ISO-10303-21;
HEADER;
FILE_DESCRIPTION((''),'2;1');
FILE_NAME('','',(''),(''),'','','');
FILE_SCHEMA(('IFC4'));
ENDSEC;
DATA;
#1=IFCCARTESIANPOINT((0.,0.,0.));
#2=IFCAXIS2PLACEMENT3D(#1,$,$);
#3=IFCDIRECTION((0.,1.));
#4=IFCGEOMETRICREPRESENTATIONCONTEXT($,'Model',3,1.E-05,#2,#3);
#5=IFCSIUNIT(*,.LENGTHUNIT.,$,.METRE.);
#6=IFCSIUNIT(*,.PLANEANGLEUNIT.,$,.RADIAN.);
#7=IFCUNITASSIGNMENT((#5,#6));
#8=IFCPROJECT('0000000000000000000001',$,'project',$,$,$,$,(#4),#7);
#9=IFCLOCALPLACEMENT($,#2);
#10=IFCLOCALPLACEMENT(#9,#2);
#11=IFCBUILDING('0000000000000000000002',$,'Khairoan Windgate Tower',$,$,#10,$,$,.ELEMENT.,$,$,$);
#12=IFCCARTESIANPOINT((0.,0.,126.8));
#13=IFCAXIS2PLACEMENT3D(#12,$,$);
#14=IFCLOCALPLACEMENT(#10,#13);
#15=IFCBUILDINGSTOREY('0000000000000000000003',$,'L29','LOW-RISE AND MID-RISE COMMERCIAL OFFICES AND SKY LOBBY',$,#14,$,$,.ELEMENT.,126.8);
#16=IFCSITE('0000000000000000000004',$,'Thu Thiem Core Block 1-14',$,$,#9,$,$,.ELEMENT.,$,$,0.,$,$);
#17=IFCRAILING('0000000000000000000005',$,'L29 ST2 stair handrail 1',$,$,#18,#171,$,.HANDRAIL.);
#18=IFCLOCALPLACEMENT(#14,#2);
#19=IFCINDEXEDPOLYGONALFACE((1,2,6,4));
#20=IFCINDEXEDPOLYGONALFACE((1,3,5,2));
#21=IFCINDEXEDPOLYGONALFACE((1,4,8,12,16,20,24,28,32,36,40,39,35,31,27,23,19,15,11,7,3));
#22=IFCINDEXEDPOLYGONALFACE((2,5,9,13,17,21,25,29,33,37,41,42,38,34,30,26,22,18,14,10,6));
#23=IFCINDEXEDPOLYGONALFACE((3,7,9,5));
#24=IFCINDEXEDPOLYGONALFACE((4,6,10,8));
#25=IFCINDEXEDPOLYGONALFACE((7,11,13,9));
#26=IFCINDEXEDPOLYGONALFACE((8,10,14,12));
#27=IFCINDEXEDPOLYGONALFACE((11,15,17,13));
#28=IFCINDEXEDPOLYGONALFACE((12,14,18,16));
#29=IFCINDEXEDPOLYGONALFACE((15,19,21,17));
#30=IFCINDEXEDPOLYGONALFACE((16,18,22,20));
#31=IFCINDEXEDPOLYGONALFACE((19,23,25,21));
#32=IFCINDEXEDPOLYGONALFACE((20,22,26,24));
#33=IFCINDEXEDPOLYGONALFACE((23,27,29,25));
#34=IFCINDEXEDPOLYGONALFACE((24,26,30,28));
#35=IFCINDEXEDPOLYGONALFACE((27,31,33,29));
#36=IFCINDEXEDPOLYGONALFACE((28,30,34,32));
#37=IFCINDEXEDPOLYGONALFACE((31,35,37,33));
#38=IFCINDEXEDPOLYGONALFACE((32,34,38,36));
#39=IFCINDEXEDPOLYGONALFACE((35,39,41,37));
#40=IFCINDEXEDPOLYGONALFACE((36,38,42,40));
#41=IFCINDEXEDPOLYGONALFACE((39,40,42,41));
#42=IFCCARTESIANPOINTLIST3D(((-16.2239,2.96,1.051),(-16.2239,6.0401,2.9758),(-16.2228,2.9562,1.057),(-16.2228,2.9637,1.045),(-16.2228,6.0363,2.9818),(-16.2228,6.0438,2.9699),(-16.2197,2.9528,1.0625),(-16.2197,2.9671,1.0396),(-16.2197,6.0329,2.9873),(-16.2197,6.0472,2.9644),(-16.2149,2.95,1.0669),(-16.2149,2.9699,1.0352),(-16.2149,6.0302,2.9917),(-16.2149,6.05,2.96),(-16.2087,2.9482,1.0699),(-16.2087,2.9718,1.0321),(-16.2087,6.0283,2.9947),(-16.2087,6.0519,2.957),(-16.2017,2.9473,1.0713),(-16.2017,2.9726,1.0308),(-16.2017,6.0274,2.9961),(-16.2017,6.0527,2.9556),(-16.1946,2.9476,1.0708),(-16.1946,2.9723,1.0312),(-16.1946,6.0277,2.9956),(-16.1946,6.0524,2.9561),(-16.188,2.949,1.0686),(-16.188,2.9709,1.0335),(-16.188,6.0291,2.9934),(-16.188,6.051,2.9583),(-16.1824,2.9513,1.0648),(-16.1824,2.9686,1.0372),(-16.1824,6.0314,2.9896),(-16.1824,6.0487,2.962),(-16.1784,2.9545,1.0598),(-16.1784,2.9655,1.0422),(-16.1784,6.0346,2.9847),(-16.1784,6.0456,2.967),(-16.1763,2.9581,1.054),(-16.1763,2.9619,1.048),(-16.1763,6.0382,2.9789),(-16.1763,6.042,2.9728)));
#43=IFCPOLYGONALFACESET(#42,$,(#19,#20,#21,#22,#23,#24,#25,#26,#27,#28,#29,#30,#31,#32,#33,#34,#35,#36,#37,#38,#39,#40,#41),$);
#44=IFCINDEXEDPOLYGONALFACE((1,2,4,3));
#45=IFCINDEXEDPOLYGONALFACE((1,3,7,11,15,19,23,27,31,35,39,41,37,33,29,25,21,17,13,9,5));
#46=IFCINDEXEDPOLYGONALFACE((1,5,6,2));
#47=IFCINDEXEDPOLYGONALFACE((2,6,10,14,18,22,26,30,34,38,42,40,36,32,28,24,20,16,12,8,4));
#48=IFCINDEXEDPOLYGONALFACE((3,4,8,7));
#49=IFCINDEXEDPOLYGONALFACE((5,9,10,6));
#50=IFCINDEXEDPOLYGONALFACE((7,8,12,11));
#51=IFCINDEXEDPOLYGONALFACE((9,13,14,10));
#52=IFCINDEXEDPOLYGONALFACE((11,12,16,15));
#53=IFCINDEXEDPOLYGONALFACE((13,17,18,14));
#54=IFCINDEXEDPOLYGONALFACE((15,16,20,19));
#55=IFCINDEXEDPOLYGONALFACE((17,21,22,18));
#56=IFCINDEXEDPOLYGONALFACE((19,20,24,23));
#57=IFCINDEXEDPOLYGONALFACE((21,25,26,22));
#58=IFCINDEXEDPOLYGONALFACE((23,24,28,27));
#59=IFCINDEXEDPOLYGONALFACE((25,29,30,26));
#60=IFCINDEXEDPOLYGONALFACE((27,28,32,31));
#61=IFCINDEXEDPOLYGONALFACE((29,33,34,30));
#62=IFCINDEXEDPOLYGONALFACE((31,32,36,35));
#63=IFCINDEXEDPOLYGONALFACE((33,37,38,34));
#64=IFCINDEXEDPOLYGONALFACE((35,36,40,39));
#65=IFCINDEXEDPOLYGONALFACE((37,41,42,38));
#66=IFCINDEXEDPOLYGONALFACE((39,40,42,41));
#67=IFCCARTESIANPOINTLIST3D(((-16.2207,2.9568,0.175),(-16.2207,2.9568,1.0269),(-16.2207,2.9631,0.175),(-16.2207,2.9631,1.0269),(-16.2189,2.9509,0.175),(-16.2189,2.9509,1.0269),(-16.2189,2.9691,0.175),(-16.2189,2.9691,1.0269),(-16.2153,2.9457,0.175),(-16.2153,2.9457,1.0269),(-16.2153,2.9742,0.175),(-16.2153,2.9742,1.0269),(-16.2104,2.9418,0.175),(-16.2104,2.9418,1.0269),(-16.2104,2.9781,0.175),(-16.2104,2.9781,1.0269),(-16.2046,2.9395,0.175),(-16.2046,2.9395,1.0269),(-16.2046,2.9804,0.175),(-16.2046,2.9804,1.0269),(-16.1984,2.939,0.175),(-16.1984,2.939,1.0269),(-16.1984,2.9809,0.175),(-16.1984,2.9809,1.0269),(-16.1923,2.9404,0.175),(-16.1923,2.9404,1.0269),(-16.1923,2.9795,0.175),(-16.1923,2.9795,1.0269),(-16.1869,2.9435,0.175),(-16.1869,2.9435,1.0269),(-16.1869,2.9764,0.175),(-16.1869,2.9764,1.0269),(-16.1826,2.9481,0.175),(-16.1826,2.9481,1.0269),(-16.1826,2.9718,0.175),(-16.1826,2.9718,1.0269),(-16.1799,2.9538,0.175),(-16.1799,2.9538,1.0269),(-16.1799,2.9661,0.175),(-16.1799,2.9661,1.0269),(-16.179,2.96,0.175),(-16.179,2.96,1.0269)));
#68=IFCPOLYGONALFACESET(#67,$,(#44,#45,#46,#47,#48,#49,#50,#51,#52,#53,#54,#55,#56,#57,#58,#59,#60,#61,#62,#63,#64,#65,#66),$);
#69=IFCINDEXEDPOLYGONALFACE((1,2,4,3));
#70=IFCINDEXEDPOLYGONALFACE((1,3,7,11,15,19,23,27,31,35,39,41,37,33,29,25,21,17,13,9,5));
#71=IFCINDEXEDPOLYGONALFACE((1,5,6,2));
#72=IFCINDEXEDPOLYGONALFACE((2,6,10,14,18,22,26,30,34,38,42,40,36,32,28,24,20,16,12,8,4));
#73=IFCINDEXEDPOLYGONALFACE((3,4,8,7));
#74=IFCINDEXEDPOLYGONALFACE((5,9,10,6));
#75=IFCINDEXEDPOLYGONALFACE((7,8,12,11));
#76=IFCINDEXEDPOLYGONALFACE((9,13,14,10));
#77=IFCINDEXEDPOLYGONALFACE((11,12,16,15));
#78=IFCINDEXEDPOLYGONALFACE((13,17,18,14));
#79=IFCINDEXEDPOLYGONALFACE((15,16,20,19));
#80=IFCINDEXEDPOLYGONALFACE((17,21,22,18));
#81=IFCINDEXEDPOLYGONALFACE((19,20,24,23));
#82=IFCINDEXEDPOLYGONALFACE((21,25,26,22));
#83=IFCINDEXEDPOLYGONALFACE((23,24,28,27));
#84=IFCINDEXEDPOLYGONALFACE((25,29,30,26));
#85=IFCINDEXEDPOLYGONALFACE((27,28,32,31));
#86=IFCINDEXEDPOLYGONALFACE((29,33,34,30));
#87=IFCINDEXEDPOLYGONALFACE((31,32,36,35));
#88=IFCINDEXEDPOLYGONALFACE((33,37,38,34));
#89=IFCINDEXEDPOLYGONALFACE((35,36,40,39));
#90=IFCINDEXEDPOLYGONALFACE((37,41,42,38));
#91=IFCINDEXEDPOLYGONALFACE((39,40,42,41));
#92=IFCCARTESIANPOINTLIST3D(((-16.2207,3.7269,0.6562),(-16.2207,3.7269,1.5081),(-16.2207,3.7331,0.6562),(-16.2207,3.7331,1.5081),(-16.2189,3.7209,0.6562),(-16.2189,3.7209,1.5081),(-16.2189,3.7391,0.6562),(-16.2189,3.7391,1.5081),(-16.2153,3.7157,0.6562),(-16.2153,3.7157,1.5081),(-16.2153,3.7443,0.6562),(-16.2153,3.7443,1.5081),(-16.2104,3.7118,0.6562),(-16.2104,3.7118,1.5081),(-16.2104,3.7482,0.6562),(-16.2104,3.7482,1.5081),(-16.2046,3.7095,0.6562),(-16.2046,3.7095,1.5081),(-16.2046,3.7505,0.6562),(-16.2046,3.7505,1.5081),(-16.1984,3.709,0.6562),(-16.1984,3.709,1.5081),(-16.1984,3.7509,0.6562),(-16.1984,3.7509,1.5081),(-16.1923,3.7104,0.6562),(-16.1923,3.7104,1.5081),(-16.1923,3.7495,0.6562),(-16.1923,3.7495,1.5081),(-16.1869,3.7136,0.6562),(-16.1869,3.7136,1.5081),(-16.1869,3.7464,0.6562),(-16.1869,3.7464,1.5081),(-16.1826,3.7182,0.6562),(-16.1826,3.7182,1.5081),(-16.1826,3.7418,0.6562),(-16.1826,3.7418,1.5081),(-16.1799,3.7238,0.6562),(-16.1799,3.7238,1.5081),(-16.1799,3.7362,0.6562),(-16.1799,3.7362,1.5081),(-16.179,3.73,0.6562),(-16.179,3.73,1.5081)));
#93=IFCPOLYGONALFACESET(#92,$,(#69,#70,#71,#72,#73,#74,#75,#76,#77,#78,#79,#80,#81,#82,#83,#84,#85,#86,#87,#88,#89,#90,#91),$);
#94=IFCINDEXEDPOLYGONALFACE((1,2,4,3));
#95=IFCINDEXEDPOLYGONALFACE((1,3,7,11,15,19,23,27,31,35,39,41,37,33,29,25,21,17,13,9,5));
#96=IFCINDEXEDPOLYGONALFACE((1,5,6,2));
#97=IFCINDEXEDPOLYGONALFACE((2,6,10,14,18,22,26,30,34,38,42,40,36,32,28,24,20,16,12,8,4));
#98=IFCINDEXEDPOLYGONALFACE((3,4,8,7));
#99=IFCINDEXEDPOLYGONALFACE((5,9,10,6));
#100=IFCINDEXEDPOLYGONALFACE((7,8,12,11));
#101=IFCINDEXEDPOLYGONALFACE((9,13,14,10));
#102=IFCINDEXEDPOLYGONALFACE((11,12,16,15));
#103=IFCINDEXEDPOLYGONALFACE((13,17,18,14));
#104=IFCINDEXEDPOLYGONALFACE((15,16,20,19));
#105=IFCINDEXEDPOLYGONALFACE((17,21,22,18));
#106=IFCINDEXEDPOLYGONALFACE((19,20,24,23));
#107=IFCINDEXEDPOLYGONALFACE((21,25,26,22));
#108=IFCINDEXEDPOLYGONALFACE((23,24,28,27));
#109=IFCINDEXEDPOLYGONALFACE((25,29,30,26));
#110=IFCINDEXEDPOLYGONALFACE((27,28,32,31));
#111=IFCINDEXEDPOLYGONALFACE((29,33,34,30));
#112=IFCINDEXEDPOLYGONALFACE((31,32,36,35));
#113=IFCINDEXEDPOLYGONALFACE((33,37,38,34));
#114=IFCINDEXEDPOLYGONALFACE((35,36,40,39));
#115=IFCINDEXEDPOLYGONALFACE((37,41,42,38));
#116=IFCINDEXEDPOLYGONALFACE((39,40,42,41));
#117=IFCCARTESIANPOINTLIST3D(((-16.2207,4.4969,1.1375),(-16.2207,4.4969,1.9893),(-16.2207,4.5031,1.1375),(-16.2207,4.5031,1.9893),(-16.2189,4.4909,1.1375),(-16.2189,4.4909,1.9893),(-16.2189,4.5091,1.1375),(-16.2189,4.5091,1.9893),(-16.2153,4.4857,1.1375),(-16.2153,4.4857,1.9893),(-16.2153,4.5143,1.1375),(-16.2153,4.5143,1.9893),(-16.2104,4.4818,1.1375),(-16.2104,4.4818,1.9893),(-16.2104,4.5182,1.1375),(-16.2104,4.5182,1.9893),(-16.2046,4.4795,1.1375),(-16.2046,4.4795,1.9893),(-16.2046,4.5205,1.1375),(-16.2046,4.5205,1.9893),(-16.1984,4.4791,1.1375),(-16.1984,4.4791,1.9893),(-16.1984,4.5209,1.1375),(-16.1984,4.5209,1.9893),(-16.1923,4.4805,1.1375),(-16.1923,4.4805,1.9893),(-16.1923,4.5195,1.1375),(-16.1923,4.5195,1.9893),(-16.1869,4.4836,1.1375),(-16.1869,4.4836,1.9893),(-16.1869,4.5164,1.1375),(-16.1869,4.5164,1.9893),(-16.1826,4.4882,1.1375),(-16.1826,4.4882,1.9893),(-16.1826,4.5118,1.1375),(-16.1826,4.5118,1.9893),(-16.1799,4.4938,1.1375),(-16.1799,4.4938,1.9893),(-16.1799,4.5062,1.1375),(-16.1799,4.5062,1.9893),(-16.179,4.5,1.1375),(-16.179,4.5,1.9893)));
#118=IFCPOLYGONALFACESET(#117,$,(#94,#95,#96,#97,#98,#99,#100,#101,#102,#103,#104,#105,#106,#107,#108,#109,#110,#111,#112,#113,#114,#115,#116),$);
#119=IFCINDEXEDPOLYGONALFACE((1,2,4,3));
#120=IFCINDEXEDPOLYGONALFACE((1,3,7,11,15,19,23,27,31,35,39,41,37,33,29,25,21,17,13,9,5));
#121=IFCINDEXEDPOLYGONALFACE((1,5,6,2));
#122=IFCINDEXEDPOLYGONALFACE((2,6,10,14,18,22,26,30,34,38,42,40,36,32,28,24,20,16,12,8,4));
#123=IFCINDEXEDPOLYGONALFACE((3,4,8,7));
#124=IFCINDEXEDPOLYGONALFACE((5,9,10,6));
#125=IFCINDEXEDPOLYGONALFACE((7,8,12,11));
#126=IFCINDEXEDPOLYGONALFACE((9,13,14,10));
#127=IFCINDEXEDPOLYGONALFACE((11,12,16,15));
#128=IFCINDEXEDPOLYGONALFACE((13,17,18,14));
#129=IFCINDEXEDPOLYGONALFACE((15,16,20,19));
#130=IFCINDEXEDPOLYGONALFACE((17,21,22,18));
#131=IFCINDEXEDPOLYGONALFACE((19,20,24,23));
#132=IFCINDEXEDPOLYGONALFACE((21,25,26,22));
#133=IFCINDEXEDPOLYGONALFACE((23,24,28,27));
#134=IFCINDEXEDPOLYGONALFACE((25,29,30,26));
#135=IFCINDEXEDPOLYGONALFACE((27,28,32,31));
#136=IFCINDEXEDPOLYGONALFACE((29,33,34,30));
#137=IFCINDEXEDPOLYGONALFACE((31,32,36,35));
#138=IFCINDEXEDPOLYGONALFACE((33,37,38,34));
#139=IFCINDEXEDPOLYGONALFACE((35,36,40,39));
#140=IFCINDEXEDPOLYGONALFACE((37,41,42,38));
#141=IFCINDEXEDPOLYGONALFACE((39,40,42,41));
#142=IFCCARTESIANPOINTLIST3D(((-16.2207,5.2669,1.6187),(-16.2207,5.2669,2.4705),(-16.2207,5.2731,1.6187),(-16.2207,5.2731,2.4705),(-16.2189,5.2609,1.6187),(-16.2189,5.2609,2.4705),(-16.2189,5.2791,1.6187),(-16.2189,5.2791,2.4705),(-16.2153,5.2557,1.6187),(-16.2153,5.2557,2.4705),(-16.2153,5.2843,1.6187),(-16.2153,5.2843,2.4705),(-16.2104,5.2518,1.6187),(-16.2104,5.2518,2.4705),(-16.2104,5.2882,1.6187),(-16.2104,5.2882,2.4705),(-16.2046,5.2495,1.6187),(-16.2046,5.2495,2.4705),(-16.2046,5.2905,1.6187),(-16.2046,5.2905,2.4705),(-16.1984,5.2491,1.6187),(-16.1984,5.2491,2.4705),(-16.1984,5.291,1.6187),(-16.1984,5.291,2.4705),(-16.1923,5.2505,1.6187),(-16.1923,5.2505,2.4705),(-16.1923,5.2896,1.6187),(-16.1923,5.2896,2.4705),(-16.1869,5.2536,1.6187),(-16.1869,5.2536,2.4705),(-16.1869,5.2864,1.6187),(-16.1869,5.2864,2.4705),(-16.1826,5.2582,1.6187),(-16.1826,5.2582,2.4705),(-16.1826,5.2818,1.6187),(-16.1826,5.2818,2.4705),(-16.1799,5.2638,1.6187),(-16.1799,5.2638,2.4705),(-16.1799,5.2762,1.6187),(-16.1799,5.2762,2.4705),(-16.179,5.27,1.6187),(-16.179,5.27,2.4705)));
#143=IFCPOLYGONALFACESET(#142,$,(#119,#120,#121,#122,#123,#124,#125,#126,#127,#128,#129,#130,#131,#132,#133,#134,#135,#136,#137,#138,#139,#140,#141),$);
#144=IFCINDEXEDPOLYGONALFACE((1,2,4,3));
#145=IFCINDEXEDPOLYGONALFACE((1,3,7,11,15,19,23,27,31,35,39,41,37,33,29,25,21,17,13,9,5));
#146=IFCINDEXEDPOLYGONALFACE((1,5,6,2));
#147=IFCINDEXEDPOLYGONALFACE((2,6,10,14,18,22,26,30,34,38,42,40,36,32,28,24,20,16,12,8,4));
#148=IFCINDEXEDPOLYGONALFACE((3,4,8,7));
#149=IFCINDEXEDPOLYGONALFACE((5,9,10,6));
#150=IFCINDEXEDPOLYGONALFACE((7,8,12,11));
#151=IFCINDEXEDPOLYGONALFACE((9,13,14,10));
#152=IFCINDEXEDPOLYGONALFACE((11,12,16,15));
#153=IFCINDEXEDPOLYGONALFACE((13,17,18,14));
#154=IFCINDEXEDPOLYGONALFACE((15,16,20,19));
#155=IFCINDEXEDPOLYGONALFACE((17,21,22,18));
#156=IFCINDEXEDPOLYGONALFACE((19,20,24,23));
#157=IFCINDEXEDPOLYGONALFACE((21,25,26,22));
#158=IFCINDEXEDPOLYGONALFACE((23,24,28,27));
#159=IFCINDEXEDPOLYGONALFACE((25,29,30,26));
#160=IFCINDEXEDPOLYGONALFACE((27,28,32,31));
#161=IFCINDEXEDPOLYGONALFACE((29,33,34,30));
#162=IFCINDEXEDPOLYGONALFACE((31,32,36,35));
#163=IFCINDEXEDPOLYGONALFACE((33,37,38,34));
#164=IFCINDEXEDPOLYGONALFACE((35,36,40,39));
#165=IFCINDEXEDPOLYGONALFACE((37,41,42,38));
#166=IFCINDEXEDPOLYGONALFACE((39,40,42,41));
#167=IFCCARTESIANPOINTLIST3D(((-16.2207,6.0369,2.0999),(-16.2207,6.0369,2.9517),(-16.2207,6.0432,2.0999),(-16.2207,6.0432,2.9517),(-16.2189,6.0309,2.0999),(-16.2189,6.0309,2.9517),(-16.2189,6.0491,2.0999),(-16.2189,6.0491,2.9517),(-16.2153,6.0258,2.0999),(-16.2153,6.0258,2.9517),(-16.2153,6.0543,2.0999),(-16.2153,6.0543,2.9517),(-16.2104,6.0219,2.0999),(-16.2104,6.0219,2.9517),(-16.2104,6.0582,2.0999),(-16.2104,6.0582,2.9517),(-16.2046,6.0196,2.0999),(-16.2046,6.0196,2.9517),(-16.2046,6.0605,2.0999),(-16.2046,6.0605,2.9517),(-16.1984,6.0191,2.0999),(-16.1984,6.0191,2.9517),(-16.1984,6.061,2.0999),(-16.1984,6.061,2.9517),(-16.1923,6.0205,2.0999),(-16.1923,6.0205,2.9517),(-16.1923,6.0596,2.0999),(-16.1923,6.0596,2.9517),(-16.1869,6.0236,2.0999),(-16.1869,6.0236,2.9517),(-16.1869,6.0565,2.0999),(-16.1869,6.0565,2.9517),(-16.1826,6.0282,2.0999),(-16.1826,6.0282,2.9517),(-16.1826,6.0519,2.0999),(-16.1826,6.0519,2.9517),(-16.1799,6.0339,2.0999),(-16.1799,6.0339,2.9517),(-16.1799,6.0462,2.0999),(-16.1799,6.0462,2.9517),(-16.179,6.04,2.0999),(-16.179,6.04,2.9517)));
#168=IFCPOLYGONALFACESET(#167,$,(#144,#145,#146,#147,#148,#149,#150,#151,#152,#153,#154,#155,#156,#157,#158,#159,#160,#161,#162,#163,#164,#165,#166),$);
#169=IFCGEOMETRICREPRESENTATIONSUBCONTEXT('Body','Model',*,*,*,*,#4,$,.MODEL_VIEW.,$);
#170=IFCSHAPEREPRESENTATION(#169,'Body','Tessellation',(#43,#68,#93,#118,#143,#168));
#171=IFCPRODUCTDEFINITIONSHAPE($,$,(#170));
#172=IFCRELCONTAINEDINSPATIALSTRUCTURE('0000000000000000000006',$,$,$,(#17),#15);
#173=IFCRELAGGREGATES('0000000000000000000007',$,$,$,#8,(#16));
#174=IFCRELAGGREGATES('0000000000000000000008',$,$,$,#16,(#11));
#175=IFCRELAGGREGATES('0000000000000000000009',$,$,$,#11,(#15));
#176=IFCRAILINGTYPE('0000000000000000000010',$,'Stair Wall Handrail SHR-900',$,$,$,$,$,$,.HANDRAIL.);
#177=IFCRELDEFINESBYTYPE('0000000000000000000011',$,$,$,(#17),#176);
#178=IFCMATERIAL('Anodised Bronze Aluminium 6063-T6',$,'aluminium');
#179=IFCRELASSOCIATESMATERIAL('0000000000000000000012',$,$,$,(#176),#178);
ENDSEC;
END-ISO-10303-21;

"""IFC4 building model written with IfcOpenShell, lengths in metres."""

from ifc_helpers import new_model, si_unit, direction, frame, origin, origin_2d, place, context, subcontext, project, spatial, circle, extrude, material, type_object, element, save


model = new_model("IFC4")

# Units and contexts
model_context = context("Model", 3, precision=1e-05, world=origin(), true_north=direction((0.0, 1.0)))
body_context = subcontext(model_context, "Body", "Model", "MODEL_VIEW")
ifc_project = project(units=[si_unit("LENGTHUNIT", "METRE"), si_unit("PLANEANGLEUNIT", "RADIAN")], contexts=[model_context])

# Site, building, storey
site_placement = place(None, origin())
site = spatial("IfcSite", under=ifc_project, at=site_placement, Name="Thu Thiem Core Block 1-14", CompositionType="ELEMENT", RefElevation=0.0)
building_placement = place(site_placement, origin())
building = spatial("IfcBuilding", under=site, at=building_placement, Name="Khairoan Windgate Tower", CompositionType="ELEMENT")
storey_placement = place(building_placement, frame((0.0, 0.0, 126.8)))
storey = spatial("IfcBuildingStorey", under=building, at=storey_placement, Name="L29", Description="LOW-RISE AND MID-RISE COMMERCIAL OFFICES AND SKY LOBBY", CompositionType="ELEMENT", Elevation=126.8)

# Railing
ifc_material_1 = material(Name="Anodised Bronze Aluminium 6063-T6", Category="aluminium")
railing_type_1 = type_object("IfcRailingType", Name="Stair Wall Handrail SHR-900", PredefinedType="HANDRAIL", material=ifc_material_1)
railing_1_placement = place(storey_placement, frame((-16.2, 2.96, 0.175)))
element("IfcRailing", 1, at=railing_1_placement, inside=storey, type_object=railing_type_1, Name="L29 ST2 stair handrail 1", PredefinedType="HANDRAIL", context=body_context, shape_type="SweptSolid", body=[
    extrude(circle(Radius=0.0239, at=origin_2d()), frame((0.0, 0.0, 0.876), z_axis=(0.0, 0.848029, 0.529951), x_axis=(-1.0, 0.0, 0.0)), (0.0, 0.0, 1.0), 3.6321),
    extrude(circle(Radius=0.021, at=origin_2d()), origin(), (0.0, 0.0, 1.0), 0.8518),
    extrude(circle(Radius=0.021, at=origin_2d()), frame((0.0, 0.77, 0.4812)), (0.0, 0.0, 1.0), 0.8518),
    extrude(circle(Radius=0.021, at=origin_2d()), frame((0.0, 1.54, 0.9624)), (0.0, 0.0, 1.0), 0.8518),
    extrude(circle(Radius=0.021, at=origin_2d()), frame((0.0, 2.3101, 1.4436)), (0.0, 0.0, 1.0), 0.8518),
    extrude(circle(Radius=0.021, at=origin_2d()), frame((0.0, 3.0801, 1.9248)), (0.0, 0.0, 1.0), 0.8518),
])

save(model, "model.ifc")
